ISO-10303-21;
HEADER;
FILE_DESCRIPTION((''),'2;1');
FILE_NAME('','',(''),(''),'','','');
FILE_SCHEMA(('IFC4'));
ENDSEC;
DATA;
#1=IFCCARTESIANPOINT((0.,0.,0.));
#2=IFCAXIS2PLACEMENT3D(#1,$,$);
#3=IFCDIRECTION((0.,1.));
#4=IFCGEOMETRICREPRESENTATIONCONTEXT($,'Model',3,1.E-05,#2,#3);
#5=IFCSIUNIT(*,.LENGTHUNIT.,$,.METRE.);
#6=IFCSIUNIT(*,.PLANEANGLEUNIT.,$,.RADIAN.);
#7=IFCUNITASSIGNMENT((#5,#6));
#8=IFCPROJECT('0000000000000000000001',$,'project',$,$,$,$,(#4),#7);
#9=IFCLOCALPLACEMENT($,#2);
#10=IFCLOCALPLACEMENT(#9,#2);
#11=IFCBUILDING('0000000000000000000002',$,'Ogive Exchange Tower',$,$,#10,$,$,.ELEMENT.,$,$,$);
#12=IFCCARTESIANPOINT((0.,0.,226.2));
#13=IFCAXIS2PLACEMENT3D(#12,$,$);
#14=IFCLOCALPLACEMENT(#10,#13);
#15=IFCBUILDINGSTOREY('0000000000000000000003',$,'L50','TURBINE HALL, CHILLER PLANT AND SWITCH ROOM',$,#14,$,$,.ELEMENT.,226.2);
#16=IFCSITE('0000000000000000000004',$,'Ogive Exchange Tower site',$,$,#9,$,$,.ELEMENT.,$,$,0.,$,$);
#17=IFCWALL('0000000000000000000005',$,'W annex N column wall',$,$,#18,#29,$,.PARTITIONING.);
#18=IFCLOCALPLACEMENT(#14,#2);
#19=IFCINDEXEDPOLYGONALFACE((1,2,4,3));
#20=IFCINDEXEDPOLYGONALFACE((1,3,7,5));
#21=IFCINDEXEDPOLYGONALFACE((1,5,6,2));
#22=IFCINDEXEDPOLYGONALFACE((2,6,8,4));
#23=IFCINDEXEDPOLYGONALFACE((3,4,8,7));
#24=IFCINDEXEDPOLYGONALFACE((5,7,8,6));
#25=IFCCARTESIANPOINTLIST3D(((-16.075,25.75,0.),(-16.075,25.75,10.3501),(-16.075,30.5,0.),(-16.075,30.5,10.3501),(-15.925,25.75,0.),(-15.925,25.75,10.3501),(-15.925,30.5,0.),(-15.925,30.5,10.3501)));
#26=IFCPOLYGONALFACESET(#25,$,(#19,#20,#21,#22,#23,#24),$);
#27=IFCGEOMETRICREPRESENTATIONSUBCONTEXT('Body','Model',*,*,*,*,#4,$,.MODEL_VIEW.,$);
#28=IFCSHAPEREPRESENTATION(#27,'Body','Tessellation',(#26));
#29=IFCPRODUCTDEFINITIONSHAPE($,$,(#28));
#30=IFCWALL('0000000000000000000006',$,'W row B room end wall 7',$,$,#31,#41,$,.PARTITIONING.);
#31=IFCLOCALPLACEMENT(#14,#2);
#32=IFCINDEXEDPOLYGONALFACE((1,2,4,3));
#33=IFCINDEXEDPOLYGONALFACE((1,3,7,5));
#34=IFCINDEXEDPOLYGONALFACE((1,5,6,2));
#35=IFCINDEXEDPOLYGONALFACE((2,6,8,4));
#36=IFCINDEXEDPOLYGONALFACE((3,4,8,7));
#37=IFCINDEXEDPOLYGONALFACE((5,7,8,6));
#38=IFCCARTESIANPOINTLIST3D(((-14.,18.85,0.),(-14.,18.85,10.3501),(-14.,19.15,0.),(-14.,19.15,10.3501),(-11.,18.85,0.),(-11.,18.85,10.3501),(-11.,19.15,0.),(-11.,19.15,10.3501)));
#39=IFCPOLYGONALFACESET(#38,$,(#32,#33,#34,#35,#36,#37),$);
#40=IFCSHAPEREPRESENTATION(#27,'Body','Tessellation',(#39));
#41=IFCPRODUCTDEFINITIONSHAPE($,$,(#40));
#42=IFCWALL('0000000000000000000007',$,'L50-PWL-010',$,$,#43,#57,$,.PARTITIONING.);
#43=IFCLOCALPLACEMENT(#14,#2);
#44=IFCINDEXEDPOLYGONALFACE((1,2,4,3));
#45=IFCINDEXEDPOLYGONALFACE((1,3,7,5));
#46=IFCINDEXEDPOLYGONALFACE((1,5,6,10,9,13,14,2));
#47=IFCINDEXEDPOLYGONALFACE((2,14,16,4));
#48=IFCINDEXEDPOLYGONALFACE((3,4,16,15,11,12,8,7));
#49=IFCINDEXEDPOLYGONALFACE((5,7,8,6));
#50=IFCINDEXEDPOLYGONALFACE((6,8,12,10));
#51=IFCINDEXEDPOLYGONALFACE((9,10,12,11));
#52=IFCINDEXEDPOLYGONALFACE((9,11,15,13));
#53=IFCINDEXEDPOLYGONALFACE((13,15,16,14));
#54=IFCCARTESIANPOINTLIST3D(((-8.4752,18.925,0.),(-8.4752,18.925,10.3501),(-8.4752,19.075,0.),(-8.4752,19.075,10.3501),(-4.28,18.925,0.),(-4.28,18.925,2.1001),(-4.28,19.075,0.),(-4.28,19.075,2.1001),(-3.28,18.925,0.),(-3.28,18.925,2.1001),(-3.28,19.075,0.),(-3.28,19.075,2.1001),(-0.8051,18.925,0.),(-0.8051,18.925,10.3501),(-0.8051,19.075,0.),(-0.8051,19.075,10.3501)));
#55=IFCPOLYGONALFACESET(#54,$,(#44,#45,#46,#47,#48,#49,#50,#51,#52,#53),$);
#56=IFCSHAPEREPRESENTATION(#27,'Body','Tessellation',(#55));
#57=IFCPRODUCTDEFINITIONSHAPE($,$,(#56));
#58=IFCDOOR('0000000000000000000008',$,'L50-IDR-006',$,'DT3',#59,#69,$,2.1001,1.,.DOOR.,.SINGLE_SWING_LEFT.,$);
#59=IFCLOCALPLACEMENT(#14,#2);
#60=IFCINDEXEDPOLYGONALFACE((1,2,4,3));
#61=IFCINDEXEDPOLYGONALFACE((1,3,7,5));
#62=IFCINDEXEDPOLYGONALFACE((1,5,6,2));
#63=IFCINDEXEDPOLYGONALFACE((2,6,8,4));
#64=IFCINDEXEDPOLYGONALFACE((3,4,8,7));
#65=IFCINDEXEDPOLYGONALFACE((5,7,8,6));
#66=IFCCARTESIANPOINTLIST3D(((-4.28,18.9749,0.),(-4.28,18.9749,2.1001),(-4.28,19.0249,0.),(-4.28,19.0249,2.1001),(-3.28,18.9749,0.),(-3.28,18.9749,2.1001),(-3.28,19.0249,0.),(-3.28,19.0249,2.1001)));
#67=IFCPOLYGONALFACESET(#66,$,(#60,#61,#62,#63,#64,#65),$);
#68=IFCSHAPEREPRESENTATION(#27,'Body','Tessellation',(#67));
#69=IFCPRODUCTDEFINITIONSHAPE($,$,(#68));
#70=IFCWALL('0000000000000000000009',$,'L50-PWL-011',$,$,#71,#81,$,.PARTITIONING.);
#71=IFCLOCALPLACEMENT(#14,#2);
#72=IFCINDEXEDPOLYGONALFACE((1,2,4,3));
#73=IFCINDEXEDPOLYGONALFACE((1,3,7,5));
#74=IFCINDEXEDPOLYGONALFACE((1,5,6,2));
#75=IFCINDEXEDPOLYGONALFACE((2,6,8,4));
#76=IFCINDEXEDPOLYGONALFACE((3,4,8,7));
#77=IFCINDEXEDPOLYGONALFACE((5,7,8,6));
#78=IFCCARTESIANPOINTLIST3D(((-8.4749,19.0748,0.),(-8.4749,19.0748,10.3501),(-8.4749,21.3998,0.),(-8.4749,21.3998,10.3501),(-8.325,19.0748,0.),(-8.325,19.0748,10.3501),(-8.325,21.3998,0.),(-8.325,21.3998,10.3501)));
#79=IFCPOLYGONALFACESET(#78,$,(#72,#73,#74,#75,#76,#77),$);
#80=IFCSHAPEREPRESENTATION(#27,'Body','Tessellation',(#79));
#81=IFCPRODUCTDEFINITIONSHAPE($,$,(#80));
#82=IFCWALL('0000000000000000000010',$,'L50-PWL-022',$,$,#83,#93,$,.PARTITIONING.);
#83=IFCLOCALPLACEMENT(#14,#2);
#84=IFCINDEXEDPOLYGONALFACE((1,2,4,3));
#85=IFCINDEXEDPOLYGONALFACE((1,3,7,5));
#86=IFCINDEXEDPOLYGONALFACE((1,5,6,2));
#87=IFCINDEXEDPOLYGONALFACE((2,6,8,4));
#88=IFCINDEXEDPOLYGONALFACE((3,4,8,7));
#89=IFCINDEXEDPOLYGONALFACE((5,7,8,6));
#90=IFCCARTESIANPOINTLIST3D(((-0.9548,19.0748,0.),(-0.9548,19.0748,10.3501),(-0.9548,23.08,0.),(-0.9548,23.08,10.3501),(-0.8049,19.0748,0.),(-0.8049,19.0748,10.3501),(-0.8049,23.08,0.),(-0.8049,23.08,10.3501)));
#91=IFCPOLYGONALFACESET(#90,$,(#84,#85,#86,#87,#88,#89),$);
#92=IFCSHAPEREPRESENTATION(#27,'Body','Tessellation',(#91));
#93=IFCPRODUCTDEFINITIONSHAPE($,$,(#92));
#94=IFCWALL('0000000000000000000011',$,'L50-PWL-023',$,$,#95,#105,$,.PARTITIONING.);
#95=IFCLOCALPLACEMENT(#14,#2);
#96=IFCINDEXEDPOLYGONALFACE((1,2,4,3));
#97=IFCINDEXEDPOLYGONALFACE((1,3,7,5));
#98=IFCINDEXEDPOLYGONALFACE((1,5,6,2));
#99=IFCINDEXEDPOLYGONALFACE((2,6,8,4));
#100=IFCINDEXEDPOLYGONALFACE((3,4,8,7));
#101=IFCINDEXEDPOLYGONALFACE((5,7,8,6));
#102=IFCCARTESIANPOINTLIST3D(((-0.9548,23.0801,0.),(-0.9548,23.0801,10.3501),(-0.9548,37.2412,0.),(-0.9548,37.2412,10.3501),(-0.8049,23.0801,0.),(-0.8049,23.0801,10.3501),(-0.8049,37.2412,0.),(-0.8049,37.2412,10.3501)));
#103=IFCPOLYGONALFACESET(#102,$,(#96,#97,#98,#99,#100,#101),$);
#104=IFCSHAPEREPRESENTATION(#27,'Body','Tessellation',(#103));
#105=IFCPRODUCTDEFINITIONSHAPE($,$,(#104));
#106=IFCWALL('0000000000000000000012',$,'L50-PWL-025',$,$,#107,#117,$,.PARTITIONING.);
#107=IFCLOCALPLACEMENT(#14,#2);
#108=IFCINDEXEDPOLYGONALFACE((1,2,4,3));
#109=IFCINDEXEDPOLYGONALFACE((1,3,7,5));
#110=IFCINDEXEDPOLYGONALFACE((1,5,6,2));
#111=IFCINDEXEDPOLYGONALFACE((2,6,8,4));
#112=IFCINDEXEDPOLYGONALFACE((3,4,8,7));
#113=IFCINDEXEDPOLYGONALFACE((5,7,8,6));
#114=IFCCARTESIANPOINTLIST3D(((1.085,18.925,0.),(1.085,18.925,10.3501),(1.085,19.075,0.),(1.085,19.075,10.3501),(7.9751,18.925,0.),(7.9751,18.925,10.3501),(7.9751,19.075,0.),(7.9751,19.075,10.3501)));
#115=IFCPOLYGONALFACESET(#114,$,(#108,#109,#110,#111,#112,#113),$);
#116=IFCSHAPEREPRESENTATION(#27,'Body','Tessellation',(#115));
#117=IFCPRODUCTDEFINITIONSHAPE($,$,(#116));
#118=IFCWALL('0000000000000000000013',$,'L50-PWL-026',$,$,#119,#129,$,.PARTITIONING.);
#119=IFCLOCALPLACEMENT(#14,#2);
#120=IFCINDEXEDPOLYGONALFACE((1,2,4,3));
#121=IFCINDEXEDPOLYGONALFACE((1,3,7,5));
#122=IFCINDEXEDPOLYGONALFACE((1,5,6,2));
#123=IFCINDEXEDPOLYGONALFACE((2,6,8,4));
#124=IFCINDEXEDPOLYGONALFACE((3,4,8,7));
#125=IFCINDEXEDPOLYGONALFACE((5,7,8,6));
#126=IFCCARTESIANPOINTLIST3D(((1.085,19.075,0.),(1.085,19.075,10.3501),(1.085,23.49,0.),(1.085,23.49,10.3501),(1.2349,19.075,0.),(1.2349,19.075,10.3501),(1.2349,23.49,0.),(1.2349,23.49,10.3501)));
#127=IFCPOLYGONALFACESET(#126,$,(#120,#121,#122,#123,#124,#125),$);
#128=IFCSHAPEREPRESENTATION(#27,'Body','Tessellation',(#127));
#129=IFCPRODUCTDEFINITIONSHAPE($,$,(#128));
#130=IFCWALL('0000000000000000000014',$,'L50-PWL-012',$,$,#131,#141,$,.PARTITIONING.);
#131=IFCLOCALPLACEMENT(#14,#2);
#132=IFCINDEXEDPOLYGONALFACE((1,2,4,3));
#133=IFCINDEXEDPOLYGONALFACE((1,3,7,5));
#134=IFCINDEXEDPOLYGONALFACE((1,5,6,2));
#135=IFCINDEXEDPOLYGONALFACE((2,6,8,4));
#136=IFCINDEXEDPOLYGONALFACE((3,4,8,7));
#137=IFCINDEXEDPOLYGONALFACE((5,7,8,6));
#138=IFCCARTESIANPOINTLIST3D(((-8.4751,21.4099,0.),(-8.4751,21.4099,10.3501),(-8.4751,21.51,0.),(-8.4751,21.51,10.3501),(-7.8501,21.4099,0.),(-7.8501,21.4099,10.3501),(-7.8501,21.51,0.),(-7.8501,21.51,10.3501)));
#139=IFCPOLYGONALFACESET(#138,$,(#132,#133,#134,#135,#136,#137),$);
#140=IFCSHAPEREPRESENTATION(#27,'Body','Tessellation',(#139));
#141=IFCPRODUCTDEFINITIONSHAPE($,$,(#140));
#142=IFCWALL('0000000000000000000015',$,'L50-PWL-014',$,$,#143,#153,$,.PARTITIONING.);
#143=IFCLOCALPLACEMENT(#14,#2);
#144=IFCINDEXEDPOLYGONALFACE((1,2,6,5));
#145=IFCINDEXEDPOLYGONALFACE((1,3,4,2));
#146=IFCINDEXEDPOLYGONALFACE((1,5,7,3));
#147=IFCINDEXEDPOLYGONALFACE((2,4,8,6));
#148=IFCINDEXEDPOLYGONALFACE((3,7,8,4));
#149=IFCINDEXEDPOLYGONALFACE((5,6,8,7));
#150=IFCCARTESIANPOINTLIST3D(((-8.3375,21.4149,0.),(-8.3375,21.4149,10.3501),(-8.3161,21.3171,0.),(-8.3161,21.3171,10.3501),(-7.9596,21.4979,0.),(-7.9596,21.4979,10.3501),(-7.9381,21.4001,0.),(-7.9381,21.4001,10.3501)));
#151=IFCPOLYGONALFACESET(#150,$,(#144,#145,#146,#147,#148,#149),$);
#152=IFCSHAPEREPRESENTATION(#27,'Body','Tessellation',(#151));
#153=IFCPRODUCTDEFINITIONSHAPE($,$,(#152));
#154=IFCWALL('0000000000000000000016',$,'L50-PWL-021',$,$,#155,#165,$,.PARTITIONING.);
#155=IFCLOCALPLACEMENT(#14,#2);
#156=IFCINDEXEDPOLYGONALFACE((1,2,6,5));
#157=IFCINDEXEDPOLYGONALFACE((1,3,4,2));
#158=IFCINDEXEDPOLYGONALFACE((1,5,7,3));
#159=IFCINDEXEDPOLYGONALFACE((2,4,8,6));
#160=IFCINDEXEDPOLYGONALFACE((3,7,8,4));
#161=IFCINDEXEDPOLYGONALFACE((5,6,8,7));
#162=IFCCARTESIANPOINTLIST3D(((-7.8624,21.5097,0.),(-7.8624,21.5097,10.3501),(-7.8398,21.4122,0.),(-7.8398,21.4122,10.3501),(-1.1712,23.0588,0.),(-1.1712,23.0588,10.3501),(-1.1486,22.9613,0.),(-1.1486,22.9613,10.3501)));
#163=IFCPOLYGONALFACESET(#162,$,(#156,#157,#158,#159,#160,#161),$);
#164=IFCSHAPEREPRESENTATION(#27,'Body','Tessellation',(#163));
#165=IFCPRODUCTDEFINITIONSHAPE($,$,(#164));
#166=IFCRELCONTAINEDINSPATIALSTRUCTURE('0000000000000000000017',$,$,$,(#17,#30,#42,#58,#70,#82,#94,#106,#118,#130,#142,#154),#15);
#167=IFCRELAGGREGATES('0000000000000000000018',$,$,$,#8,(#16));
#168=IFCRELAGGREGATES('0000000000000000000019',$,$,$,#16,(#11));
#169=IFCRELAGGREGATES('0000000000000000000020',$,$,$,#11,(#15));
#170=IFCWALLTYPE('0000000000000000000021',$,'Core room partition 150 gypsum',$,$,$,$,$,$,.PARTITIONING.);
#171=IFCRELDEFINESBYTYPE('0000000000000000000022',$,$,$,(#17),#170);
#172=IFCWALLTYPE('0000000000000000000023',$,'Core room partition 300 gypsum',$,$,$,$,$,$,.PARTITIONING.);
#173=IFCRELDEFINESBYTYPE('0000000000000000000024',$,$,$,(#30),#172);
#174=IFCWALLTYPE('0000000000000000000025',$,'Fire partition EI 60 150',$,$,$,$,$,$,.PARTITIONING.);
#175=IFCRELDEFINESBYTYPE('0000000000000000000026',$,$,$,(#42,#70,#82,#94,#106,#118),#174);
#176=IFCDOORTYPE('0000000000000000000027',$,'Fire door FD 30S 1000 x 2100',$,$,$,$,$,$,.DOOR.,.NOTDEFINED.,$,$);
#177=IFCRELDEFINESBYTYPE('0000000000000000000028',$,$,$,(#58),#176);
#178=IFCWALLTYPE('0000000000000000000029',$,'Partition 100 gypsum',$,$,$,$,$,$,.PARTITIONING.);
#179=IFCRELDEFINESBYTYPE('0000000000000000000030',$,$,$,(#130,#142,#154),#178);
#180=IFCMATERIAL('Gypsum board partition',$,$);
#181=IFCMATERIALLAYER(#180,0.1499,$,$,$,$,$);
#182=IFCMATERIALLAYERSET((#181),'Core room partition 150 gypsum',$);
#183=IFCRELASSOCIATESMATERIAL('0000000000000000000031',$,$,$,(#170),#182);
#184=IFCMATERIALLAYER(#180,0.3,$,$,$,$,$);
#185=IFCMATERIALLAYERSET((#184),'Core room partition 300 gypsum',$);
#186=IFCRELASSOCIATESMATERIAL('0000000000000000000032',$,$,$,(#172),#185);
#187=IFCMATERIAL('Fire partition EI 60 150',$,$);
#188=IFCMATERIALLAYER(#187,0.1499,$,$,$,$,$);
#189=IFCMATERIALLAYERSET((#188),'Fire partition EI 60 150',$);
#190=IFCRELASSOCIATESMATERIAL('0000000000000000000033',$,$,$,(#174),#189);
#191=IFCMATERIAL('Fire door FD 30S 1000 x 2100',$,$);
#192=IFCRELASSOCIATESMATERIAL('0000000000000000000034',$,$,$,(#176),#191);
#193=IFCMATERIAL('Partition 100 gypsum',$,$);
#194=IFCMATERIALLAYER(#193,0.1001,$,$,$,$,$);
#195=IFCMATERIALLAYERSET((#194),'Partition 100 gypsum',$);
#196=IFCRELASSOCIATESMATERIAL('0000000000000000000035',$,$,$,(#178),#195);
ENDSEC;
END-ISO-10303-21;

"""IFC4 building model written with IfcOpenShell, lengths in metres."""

from ifc_helpers import new_model, si_unit, direction, frame, frame_2d, origin, place, context, subcontext, project, spatial, rectangle, extrude, material, layer, layer_set, type_object, element, fill, save


model = new_model("IFC4")

# Units and contexts
model_context = context("Model", 3, precision=1e-05, world=origin(), true_north=direction((0.0, 1.0)))
body_context = subcontext(model_context, "Body", "Model", "MODEL_VIEW")
ifc_project = project(units=[si_unit("LENGTHUNIT", "METRE"), si_unit("PLANEANGLEUNIT", "RADIAN")], contexts=[model_context])

# Site, building, storey
site_placement = place(None, origin())
site = spatial("IfcSite", under=ifc_project, at=site_placement, Name="Ogive Exchange Tower site", CompositionType="ELEMENT", RefElevation=0.0)
building_placement = place(site_placement, origin())
building = spatial("IfcBuilding", under=site, at=building_placement, Name="Ogive Exchange Tower", CompositionType="ELEMENT")
storey_placement = place(building_placement, frame((0.0, 0.0, 226.2)))
storey = spatial("IfcBuildingStorey", under=building, at=storey_placement, Name="L50", Description="TURBINE HALL, CHILLER PLANT AND SWITCH ROOM", CompositionType="ELEMENT", Elevation=226.2)

# Walls
ifc_material_1 = material(Name="Gypsum board partition")
ifc_layer_1 = layer(ifc_material_1, 0.1499)
ifc_layer_set_1 = layer_set([ifc_layer_1], Name="Core room partition 150 gypsum")
wall_type_1 = type_object("IfcWallType", Name="Core room partition 150 gypsum", PredefinedType="PARTITIONING", material=ifc_layer_set_1)
wall_1_placement = place(storey_placement, frame((-16.0, 25.75, 0.0), z_axis=(0.0, 0.0, 1.0), x_axis=(0.0, 1.0, 0.0)))
element("IfcWall", 1, at=wall_1_placement, inside=storey, type_object=wall_type_1, Name="W annex N column wall", PredefinedType="PARTITIONING", context=body_context, shape_type="SweptSolid", body=[
    extrude(rectangle(XDim=4.75, YDim=0.1499, at=frame_2d((2.375, 0.0))), origin(), (0.0, 0.0, 1.0), 10.3501),
])
ifc_layer_2 = layer(ifc_material_1, 0.3)
ifc_layer_set_2 = layer_set([ifc_layer_2], Name="Core room partition 300 gypsum")
wall_type_2 = type_object("IfcWallType", Name="Core room partition 300 gypsum", PredefinedType="PARTITIONING", material=ifc_layer_set_2)
wall_2_placement = place(storey_placement, frame((-14.0, 19.0, 0.0), z_axis=(0.0, 0.0, 1.0), x_axis=(1.0, 0.0, 0.0)))
element("IfcWall", 2, at=wall_2_placement, inside=storey, type_object=wall_type_2, Name="W row B room end wall 7", PredefinedType="PARTITIONING", context=body_context, shape_type="SweptSolid", body=[
    extrude(rectangle(XDim=3.0, YDim=0.3, at=frame_2d((1.5, 0.0))), origin(), (0.0, 0.0, 1.0), 10.3501),
])

# Wall, opening, door
ifc_material_2 = material(Name="Fire partition EI 60 150")
ifc_layer_3 = layer(ifc_material_2, 0.1499)
ifc_layer_set_3 = layer_set([ifc_layer_3], Name="Fire partition EI 60 150")
wall_type_3 = type_object("IfcWallType", Name="Fire partition EI 60 150", PredefinedType="PARTITIONING", material=ifc_layer_set_3)
wall_3_placement = place(storey_placement, frame((-8.4751, 19.0, 0.0), z_axis=(0.0, 0.0, 1.0), x_axis=(1.0, 0.0, 0.0)))
wall_3 = element("IfcWall", 3, at=wall_3_placement, inside=storey, type_object=wall_type_3, Name="L50-PWL-010", PredefinedType="PARTITIONING", context=body_context, shape_type="SweptSolid", body=[
    extrude(rectangle(XDim=7.6702, YDim=0.1499, at=frame_2d((3.835, 0.0))), origin(), (0.0, 0.0, 1.0), 10.3501),
])
opening_1_placement = place(wall_3_placement, frame((4.1951, 0.0, 0.0)))
opening_1 = element("IfcOpeningElement", 4, at=opening_1_placement, cuts=wall_3, PredefinedType="OPENING", context=body_context, shape_type="SweptSolid", body=[
    extrude(rectangle(XDim=1.0, YDim=2.1001, at=frame_2d((0.5, 1.05))), frame((0.0, 0.085, 0.0), z_axis=(0.0, -1.0, 0.0), x_axis=(1.0, 0.0, 0.0)), (0.0, 0.0, 1.0), 0.1699),
])
ifc_material_3 = material(Name="Fire door FD 30S 1000 x 2100")
door_type_1 = type_object("IfcDoorType", Name="Fire door FD 30S 1000 x 2100", OperationType="NOTDEFINED", PredefinedType="DOOR", material=ifc_material_3)
door_1_placement = place(opening_1_placement, origin())
door_1 = element("IfcDoor", 5, at=door_1_placement, inside=storey, type_object=door_type_1, Name="L50-IDR-006", ObjectType="DT3", OperationType="SINGLE_SWING_LEFT", OverallHeight=2.1001, OverallWidth=1.0, PredefinedType="DOOR", context=body_context, shape_type="SweptSolid", body=[
    extrude(rectangle(XDim=1.0, YDim=2.1001, at=frame_2d((0.5, 1.05))), frame((0.0, 0.0249, 0.0), z_axis=(0.0, -1.0, 0.0), x_axis=(1.0, 0.0, 0.0)), (0.0, 0.0, 1.0), 0.05),
])
fill(opening_1, door_1)

# Walls
wall_4_placement = place(storey_placement, frame((-8.3999, 21.3999, 0.0), z_axis=(0.0, 0.0, 1.0), x_axis=(0.0, -1.0, 0.0)))
element("IfcWall", 6, at=wall_4_placement, inside=storey, type_object=wall_type_3, Name="L50-PWL-011", PredefinedType="PARTITIONING", context=body_context, shape_type="SweptSolid", body=[
    extrude(rectangle(XDim=2.325, YDim=0.1499, at=frame_2d((1.1626, 0.0))), origin(), (0.0, 0.0, 1.0), 10.3501),
])
wall_5_placement = place(storey_placement, frame((-0.8799, 19.075, 0.0), z_axis=(0.0, 0.0, 1.0), x_axis=(0.0, 1.0, 0.0)))
element("IfcWall", 7, at=wall_5_placement, inside=storey, type_object=wall_type_3, Name="L50-PWL-022", PredefinedType="PARTITIONING", context=body_context, shape_type="SweptSolid", body=[
    extrude(rectangle(XDim=4.0051, YDim=0.1499, at=frame_2d((2.0024, 0.0))), origin(), (0.0, 0.0, 1.0), 10.3501),
])
wall_6_placement = place(storey_placement, frame((-0.8799, 23.0801, 0.0), z_axis=(0.0, 0.0, 1.0), x_axis=(0.0, 1.0, 0.0)))
element("IfcWall", 8, at=wall_6_placement, inside=storey, type_object=wall_type_3, Name="L50-PWL-023", PredefinedType="PARTITIONING", context=body_context, shape_type="SweptSolid", body=[
    extrude(rectangle(XDim=14.1611, YDim=0.1499, at=frame_2d((7.0806, 0.0))), origin(), (0.0, 0.0, 1.0), 10.3501),
])
wall_7_placement = place(storey_placement, frame((1.085, 19.0, 0.0), z_axis=(0.0, 0.0, 1.0), x_axis=(1.0, 0.0, 0.0)))
element("IfcWall", 9, at=wall_7_placement, inside=storey, type_object=wall_type_3, Name="L50-PWL-025", PredefinedType="PARTITIONING", context=body_context, shape_type="SweptSolid", body=[
    extrude(rectangle(XDim=6.8901, YDim=0.1499, at=frame_2d((3.4451, 0.0))), origin(), (0.0, 0.0, 1.0), 10.3501),
])
wall_8_placement = place(storey_placement, frame((1.1599, 23.49, 0.0), z_axis=(0.0, 0.0, 1.0), x_axis=(0.0, -1.0, 0.0)))
element("IfcWall", 10, at=wall_8_placement, inside=storey, type_object=wall_type_3, Name="L50-PWL-026", PredefinedType="PARTITIONING", context=body_context, shape_type="SweptSolid", body=[
    extrude(rectangle(XDim=4.415, YDim=0.1499, at=frame_2d((2.2075, 0.0))), origin(), (0.0, 0.0, 1.0), 10.3501),
])
ifc_material_4 = material(Name="Partition 100 gypsum")
ifc_layer_4 = layer(ifc_material_4, 0.1001)
ifc_layer_set_4 = layer_set([ifc_layer_4], Name="Partition 100 gypsum")
wall_type_4 = type_object("IfcWallType", Name="Partition 100 gypsum", PredefinedType="PARTITIONING", material=ifc_layer_set_4)
wall_9_placement = place(storey_placement, frame((-8.4751, 21.46, 0.0), z_axis=(0.0, 0.0, 1.0), x_axis=(1.0, 0.0, 0.0)))
element("IfcWall", 11, at=wall_9_placement, inside=storey, type_object=wall_type_4, Name="L50-PWL-012", PredefinedType="PARTITIONING", context=body_context, shape_type="SweptSolid", body=[
    extrude(rectangle(XDim=0.625, YDim=0.1001, at=frame_2d((0.3125, 0.0))), origin(), (0.0, 0.0, 1.0), 10.3501),
])
wall_10_placement = place(storey_placement, frame((-7.949, 21.449, 0.0), z_axis=(0.0, 0.0, 1.0), x_axis=(-0.976719, -0.214525, 0.0)))
element("IfcWall", 12, at=wall_10_placement, inside=storey, type_object=wall_type_4, Name="L50-PWL-014", PredefinedType="PARTITIONING", context=body_context, shape_type="SweptSolid", body=[
    extrude(rectangle(XDim=0.387, YDim=0.1001, at=frame_2d((0.1934, 0.0))), origin(), (0.0, 0.0, 1.0), 10.3501),
])
wall_11_placement = place(storey_placement, frame((-1.1599, 23.01, 0.0), z_axis=(0.0, 0.0, 1.0), x_axis=(-0.974233, -0.225545, 0.0)))
element("IfcWall", 13, at=wall_11_placement, inside=storey, type_object=wall_type_4, Name="L50-PWL-021", PredefinedType="PARTITIONING", context=body_context, shape_type="SweptSolid", body=[
    extrude(rectangle(XDim=6.8682, YDim=0.1001, at=frame_2d((3.4341, 0.0))), origin(), (0.0, 0.0, 1.0), 10.3501),
])

save(model, "model.ifc")
